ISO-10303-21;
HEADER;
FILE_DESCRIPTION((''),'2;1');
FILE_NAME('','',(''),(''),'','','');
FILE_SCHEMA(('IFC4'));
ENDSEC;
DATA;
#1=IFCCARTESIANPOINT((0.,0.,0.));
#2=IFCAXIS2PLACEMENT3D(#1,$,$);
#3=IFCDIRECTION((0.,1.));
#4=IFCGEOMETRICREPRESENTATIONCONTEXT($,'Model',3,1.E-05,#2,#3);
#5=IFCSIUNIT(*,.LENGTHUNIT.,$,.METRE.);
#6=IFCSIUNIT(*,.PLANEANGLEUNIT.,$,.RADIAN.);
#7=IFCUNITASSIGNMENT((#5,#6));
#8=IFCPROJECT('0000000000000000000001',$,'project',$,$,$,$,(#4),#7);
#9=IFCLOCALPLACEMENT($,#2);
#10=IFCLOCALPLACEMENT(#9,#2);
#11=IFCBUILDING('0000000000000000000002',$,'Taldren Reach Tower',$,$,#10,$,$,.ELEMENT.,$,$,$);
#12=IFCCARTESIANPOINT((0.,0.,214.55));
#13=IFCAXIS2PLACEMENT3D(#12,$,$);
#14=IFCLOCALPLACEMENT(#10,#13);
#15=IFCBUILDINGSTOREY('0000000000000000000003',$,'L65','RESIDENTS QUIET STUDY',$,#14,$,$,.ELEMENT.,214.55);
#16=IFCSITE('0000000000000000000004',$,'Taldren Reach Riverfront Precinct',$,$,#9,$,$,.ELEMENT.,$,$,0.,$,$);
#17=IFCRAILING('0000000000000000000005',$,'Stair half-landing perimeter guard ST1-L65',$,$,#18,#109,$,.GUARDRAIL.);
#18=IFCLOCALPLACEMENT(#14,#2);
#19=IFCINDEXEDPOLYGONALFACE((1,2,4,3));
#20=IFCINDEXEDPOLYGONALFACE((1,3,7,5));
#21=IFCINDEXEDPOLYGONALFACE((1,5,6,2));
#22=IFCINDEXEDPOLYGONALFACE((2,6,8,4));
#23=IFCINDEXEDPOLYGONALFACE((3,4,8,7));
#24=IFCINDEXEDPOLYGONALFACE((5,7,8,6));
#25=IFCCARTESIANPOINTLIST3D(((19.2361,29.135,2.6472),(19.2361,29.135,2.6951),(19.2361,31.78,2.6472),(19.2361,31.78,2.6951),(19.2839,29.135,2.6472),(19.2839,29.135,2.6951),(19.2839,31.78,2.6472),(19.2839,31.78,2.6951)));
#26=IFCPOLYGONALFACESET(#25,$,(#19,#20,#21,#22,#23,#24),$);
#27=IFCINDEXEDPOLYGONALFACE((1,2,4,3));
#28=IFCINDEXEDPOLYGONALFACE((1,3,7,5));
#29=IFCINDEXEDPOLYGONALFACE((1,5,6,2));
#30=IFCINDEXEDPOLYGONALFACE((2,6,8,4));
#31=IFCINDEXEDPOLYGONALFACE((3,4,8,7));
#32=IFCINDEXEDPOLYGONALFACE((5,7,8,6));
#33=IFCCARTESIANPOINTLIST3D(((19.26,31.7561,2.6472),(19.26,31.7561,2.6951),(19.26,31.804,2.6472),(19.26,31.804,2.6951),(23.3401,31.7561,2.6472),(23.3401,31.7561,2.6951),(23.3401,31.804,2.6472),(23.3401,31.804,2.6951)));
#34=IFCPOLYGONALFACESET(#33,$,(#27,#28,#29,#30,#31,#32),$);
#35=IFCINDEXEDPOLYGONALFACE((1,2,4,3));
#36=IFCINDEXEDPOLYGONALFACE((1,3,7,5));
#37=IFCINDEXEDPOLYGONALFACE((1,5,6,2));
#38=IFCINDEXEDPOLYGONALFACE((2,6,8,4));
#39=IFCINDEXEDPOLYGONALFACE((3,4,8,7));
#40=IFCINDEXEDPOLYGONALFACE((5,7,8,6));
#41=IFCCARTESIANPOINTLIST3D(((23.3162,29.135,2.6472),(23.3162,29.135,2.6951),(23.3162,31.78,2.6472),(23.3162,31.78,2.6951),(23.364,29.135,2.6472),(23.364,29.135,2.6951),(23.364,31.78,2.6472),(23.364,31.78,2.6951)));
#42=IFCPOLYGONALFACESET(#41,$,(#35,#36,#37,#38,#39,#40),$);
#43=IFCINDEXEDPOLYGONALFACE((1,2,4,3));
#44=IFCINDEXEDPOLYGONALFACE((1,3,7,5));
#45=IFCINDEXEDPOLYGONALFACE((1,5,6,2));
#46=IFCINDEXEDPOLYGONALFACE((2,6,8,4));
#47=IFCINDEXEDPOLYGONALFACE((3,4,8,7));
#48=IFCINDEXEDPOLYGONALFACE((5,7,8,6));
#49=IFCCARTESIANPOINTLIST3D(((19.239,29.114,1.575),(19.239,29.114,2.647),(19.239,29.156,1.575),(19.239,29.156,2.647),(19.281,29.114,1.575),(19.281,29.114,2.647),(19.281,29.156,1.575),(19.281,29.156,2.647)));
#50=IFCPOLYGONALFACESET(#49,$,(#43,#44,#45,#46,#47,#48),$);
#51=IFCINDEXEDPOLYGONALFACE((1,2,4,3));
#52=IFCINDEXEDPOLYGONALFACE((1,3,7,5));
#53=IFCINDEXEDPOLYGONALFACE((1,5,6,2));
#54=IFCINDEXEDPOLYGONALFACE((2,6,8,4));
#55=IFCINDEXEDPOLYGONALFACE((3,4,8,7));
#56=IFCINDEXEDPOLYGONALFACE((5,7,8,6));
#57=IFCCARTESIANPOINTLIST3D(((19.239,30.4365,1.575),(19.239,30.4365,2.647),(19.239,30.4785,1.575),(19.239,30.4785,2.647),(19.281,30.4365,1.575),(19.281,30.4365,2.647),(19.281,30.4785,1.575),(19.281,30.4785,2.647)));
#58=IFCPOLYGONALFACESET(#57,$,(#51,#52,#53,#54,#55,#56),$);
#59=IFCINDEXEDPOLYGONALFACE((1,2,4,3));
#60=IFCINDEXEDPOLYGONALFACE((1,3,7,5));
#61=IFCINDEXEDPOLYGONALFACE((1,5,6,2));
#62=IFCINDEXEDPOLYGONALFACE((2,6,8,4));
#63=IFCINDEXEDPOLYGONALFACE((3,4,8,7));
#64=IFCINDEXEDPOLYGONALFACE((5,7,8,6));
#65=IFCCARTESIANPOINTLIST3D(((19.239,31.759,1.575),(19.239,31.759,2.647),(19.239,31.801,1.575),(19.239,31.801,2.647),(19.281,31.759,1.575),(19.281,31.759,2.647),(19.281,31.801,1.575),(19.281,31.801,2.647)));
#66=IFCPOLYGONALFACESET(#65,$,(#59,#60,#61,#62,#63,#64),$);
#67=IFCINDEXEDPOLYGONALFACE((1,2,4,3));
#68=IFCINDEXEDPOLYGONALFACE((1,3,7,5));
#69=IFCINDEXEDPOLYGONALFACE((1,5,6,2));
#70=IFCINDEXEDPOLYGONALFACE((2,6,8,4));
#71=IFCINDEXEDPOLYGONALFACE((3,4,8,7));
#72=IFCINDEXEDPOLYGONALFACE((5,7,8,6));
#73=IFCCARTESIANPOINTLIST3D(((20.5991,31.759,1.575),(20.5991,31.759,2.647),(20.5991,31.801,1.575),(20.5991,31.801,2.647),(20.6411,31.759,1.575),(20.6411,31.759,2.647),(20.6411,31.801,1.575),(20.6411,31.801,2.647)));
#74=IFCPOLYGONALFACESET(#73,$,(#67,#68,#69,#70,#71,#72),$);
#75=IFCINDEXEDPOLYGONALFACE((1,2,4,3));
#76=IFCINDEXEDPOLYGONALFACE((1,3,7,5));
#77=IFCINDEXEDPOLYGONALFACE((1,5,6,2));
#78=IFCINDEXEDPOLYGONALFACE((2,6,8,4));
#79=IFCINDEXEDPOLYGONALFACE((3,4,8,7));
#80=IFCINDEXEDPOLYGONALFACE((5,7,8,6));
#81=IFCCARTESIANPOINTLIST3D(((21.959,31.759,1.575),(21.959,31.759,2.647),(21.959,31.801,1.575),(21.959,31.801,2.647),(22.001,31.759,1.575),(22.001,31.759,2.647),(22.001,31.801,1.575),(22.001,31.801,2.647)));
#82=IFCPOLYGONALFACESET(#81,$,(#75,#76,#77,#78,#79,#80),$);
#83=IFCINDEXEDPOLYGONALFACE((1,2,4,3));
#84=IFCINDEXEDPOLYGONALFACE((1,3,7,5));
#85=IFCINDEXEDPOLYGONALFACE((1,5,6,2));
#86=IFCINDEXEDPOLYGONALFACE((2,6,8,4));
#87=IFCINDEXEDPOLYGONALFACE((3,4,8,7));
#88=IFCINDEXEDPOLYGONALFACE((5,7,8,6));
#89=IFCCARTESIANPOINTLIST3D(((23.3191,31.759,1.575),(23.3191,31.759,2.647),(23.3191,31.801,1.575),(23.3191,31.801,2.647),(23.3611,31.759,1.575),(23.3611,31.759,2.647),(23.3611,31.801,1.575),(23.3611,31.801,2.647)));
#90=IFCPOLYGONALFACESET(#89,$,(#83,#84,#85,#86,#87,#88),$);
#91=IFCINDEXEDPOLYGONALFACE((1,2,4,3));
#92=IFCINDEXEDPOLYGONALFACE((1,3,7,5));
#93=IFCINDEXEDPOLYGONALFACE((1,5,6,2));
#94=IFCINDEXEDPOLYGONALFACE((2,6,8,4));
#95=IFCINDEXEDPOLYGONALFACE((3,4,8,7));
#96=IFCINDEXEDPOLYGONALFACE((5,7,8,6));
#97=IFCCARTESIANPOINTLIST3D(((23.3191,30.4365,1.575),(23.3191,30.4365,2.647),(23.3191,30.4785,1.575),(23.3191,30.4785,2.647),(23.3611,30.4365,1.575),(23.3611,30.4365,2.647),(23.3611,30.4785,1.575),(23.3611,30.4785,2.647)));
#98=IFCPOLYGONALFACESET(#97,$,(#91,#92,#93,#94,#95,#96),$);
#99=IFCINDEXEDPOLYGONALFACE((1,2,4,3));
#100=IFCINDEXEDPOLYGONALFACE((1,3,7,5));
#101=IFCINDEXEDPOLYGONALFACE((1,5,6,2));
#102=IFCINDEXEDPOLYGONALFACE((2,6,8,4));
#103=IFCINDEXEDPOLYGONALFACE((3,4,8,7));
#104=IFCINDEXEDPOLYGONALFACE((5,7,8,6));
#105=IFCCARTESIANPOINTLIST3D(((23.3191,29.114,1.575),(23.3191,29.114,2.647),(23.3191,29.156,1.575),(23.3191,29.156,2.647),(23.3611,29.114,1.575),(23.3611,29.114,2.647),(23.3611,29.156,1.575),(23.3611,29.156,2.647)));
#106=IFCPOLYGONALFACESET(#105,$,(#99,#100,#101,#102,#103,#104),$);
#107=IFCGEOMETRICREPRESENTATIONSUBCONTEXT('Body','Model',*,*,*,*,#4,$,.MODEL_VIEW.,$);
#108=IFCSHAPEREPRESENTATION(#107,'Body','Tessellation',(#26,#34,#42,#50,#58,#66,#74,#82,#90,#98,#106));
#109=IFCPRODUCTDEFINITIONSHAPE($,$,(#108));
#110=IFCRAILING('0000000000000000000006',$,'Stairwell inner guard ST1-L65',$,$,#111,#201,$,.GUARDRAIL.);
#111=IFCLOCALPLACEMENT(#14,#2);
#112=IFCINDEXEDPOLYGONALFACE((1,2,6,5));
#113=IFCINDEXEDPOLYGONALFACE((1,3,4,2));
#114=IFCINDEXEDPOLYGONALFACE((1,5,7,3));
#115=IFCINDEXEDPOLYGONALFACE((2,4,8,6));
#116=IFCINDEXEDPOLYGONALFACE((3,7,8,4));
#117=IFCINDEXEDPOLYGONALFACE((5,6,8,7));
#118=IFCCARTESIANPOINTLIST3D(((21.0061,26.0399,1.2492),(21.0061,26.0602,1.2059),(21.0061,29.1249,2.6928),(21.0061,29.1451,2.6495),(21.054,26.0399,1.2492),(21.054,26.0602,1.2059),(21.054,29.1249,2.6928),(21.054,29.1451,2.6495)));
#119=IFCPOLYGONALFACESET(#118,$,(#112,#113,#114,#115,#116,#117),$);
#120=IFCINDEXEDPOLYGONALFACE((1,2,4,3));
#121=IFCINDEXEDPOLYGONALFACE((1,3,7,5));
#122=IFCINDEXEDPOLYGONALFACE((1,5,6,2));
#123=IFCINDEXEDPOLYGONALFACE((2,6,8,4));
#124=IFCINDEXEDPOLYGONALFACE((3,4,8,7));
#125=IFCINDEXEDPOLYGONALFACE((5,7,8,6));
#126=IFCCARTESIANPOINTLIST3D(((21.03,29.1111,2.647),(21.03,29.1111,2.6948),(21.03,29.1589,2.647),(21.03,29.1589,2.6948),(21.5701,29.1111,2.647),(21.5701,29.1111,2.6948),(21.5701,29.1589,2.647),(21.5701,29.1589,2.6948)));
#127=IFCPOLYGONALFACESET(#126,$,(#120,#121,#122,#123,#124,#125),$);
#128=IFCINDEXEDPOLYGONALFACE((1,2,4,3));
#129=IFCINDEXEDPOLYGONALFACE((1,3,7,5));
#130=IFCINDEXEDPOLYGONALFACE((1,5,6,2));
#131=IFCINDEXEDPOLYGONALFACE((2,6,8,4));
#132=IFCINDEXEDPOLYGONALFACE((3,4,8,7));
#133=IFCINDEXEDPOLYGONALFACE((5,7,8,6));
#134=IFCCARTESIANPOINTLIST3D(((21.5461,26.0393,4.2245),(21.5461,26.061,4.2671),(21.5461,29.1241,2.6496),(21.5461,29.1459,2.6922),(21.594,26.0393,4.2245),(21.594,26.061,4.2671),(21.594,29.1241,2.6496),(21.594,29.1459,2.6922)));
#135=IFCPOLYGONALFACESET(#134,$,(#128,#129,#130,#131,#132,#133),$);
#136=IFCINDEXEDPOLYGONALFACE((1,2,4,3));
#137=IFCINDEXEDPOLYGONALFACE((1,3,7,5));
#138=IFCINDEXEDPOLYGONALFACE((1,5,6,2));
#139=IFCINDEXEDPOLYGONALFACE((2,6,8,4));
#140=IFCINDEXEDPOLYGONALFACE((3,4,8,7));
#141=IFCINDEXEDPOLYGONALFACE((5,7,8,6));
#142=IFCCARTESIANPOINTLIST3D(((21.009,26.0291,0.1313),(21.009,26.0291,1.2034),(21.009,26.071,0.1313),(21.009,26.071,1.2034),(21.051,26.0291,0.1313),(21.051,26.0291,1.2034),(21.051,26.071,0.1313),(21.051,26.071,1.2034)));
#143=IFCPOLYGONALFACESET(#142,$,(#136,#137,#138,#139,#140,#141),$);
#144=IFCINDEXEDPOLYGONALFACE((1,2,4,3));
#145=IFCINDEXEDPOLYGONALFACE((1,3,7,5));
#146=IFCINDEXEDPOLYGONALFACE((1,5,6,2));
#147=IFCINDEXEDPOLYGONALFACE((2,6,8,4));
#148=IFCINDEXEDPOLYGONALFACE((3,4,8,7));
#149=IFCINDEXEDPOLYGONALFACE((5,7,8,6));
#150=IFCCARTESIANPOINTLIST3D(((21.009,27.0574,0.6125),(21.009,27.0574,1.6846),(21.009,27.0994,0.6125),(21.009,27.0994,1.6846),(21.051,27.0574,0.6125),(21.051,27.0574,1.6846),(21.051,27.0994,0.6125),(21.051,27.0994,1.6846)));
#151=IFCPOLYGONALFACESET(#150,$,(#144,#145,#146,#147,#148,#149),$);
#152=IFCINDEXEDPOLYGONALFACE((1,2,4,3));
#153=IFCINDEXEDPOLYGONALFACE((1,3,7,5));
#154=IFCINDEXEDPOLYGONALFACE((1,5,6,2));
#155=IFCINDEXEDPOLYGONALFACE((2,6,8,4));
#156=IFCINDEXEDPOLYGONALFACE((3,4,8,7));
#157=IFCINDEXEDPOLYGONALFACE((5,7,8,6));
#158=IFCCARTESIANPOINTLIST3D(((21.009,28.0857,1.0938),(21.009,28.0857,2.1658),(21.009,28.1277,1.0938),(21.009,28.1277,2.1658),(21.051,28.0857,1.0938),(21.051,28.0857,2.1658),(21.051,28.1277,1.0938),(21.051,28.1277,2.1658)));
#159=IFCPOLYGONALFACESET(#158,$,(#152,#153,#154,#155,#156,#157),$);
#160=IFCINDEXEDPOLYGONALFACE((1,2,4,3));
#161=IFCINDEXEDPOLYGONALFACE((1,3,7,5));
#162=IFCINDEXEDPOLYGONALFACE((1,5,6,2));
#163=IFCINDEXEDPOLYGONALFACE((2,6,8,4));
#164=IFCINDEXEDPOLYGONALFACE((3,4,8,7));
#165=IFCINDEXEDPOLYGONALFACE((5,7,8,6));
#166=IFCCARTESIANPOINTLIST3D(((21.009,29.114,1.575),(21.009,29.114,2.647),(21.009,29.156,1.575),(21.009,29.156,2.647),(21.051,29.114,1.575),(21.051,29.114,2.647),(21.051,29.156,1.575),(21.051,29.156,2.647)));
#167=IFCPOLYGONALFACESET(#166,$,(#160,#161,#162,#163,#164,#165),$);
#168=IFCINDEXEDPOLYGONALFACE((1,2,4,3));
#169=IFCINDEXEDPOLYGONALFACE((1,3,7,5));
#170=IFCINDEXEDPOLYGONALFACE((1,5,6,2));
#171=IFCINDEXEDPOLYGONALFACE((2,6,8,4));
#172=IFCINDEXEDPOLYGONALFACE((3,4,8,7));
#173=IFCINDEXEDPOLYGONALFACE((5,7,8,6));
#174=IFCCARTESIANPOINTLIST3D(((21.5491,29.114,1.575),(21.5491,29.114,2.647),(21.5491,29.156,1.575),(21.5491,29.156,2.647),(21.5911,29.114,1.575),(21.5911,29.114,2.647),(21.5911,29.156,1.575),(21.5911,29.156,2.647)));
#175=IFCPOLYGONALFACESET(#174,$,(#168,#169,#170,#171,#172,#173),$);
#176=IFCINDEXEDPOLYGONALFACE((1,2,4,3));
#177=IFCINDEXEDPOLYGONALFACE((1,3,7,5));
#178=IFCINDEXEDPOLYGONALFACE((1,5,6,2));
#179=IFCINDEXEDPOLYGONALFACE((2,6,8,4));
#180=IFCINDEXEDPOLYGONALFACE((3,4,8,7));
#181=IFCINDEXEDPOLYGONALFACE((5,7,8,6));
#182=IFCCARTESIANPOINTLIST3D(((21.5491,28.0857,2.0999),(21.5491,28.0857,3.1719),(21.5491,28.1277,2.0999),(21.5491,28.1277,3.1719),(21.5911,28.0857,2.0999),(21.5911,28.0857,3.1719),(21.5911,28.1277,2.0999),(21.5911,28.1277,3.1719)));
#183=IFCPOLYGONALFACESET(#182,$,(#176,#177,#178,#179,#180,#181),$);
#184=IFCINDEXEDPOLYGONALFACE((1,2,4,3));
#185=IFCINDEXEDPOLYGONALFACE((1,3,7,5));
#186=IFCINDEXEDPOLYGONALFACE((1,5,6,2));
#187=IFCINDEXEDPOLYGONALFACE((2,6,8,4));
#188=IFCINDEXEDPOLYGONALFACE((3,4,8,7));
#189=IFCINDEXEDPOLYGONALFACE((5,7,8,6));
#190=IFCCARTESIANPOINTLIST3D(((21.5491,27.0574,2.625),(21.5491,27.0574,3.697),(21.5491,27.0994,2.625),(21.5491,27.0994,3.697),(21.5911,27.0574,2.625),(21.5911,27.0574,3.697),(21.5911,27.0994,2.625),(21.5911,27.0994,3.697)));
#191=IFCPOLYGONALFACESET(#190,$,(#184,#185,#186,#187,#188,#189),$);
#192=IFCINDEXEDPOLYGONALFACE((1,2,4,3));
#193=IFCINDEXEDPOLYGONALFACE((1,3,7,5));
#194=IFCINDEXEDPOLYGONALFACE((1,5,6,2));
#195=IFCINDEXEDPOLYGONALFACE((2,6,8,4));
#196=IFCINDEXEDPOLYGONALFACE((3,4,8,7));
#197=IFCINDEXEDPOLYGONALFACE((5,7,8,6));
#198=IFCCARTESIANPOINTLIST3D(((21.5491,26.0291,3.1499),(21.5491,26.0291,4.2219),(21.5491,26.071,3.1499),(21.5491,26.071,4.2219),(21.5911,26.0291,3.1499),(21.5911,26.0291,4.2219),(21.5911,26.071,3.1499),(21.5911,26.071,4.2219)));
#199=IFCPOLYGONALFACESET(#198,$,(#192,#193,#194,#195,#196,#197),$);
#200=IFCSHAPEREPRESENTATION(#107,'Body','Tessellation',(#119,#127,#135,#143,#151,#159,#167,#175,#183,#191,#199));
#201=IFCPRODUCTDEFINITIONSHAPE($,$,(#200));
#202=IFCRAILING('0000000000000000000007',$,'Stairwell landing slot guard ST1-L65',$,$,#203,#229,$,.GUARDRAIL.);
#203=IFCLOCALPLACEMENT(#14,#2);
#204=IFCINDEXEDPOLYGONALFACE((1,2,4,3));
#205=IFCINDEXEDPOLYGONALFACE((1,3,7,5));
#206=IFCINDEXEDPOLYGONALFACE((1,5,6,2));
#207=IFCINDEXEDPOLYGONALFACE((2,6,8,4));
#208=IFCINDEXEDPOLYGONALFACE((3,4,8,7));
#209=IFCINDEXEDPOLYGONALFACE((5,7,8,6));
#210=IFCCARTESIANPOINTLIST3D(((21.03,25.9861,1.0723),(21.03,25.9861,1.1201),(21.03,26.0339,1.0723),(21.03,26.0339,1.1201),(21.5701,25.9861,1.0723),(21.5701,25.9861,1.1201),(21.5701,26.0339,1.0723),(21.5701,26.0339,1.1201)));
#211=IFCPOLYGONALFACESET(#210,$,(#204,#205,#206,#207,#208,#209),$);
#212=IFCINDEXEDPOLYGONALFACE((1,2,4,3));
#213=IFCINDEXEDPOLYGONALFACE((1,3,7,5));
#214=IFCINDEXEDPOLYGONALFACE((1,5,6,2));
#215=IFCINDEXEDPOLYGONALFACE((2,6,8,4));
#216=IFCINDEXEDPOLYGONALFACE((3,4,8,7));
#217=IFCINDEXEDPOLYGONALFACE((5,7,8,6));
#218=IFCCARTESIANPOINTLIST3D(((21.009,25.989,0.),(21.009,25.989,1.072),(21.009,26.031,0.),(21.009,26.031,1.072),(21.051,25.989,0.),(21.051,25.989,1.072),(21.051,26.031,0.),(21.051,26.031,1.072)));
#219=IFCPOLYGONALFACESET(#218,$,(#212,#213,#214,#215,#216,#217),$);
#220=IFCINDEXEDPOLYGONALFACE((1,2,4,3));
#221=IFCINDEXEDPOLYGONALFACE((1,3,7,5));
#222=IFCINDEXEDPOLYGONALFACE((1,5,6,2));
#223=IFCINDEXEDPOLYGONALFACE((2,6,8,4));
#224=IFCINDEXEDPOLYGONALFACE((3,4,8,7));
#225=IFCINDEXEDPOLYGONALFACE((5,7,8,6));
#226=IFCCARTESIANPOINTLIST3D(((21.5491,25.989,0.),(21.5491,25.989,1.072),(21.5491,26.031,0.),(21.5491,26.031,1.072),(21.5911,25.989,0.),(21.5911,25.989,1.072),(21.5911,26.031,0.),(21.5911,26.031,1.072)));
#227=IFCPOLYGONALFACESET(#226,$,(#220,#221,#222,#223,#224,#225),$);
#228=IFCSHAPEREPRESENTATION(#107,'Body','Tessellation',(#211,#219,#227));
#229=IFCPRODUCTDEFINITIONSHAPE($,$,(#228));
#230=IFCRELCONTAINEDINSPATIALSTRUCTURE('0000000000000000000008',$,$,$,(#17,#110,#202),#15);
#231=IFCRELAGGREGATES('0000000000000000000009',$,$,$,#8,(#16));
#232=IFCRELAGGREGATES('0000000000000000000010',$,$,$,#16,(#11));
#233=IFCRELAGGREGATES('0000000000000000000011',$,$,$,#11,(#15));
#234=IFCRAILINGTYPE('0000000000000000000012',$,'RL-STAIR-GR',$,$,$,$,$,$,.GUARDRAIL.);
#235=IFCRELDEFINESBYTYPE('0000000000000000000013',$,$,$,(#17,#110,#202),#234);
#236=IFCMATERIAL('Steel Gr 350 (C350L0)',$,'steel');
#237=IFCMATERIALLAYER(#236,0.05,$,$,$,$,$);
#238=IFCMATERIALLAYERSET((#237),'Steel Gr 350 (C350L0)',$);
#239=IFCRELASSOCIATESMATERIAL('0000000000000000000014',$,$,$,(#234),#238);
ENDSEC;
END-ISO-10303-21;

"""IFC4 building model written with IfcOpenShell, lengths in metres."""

from ifc_helpers import new_model, si_unit, direction, frame, origin, origin_2d, place, context, subcontext, project, spatial, rectangle, extrude, material, layer, layer_set, type_object, element, save


model = new_model("IFC4")

# Units and contexts
model_context = context("Model", 3, precision=1e-05, world=origin(), true_north=direction((0.0, 1.0)))
body_context = subcontext(model_context, "Body", "Model", "MODEL_VIEW")
ifc_project = project(units=[si_unit("LENGTHUNIT", "METRE"), si_unit("PLANEANGLEUNIT", "RADIAN")], contexts=[model_context])

# Site, building, storey
site_placement = place(None, origin())
site = spatial("IfcSite", under=ifc_project, at=site_placement, Name="Taldren Reach Riverfront Precinct", CompositionType="ELEMENT", RefElevation=0.0)
building_placement = place(site_placement, origin())
building = spatial("IfcBuilding", under=site, at=building_placement, Name="Taldren Reach Tower", CompositionType="ELEMENT")
storey_placement = place(building_placement, frame((0.0, 0.0, 214.55)))
storey = spatial("IfcBuildingStorey", under=building, at=storey_placement, Name="L65", Description="RESIDENTS QUIET STUDY", CompositionType="ELEMENT", Elevation=214.55)

# Shared definitions
ifc_material_1 = material(Name="Steel Gr 350 (C350L0)", Category="steel")

# Railings
ifc_layer_1 = layer(ifc_material_1, 0.05)
ifc_layer_set_1 = layer_set([ifc_layer_1], Name="Steel Gr 350 (C350L0)")
railing_type_1 = type_object("IfcRailingType", Name="RL-STAIR-GR", PredefinedType="GUARDRAIL", material=ifc_layer_set_1)
railing_1_placement = place(storey_placement, frame((19.26, 29.135, 1.575)))
element("IfcRailing", 1, at=railing_1_placement, inside=storey, type_object=railing_type_1, Name="Stair half-landing perimeter guard ST1-L65", PredefinedType="GUARDRAIL", context=body_context, shape_type="SweptSolid", body=[
    extrude(rectangle(XDim=0.0479, YDim=0.0479, at=origin_2d()), frame((0.0, 0.0, 1.0962), z_axis=(0.0, 1.0, 0.0), x_axis=(-1.0, 0.0, 0.0)), (0.0, 0.0, 1.0), 2.645),
    extrude(rectangle(XDim=0.0479, YDim=0.0479, at=origin_2d()), frame((0.0, 2.645, 1.0962), z_axis=(1.0, 0.0, 0.0), x_axis=(0.0, 1.0, 0.0)), (0.0, 0.0, 1.0), 4.0801),
    extrude(rectangle(XDim=0.0479, YDim=0.0479, at=origin_2d()), frame((4.0801, 2.645, 1.0962), z_axis=(0.0, -1.0, 0.0), x_axis=(1.0, 0.0, 0.0)), (0.0, 0.0, 1.0), 2.645),
    extrude(rectangle(XDim=0.042, YDim=0.042, at=origin_2d()), origin(), (0.0, 0.0, 1.0), 1.072),
    extrude(rectangle(XDim=0.042, YDim=0.042, at=origin_2d()), frame((0.0, 1.3225, 0.0)), (0.0, 0.0, 1.0), 1.072),
    extrude(rectangle(XDim=0.042, YDim=0.042, at=origin_2d()), frame((0.0, 2.645, 0.0)), (0.0, 0.0, 1.0), 1.072),
    extrude(rectangle(XDim=0.042, YDim=0.042, at=origin_2d()), frame((1.3601, 2.645, 0.0)), (0.0, 0.0, 1.0), 1.072),
    extrude(rectangle(XDim=0.042, YDim=0.042, at=origin_2d()), frame((2.72, 2.645, 0.0)), (0.0, 0.0, 1.0), 1.072),
    extrude(rectangle(XDim=0.042, YDim=0.042, at=origin_2d()), frame((4.0801, 2.645, 0.0)), (0.0, 0.0, 1.0), 1.072),
    extrude(rectangle(XDim=0.042, YDim=0.042, at=origin_2d()), frame((4.0801, 1.3225, 0.0)), (0.0, 0.0, 1.0), 1.072),
    extrude(rectangle(XDim=0.042, YDim=0.042, at=origin_2d()), frame((4.0801, 0.0, 0.0)), (0.0, 0.0, 1.0), 1.072),
])
railing_2_placement = place(storey_placement, frame((21.03, 26.05, 0.1313)))
element("IfcRailing", 2, at=railing_2_placement, inside=storey, type_object=railing_type_1, Name="Stairwell inner guard ST1-L65", PredefinedType="GUARDRAIL", context=body_context, shape_type="SweptSolid", body=[
    extrude(rectangle(XDim=0.0479, YDim=0.0479, at=origin_2d()), frame((0.0, 0.0, 1.0962), z_axis=(0.0, 0.905738, 0.423839), x_axis=(-1.0, 0.0, 0.0)), (0.0, 0.0, 1.0), 3.406),
    extrude(rectangle(XDim=0.0479, YDim=0.0479, at=origin_2d()), frame((0.0, 3.085, 2.5396), z_axis=(1.0, 0.0, 0.0), x_axis=(0.0, 1.0, 0.0)), (0.0, 0.0, 1.0), 0.54),
    extrude(rectangle(XDim=0.0479, YDim=0.0479, at=origin_2d()), frame((0.54, 3.085, 2.5396), z_axis=(0.0, -0.890646, 0.454697), x_axis=(1.0, 0.0, 0.0)), (0.0, 0.0, 1.0), 3.4636),
    extrude(rectangle(XDim=0.042, YDim=0.042, at=origin_2d()), origin(), (0.0, 0.0, 1.0), 1.072),
    extrude(rectangle(XDim=0.042, YDim=0.042, at=origin_2d()), frame((0.0, 1.0283, 0.4812)), (0.0, 0.0, 1.0), 1.072),
    extrude(rectangle(XDim=0.042, YDim=0.042, at=origin_2d()), frame((0.0, 2.0566, 0.9624)), (0.0, 0.0, 1.0), 1.072),
    extrude(rectangle(XDim=0.042, YDim=0.042, at=origin_2d()), frame((0.0, 3.085, 1.4436)), (0.0, 0.0, 1.0), 1.072),
    extrude(rectangle(XDim=0.042, YDim=0.042, at=origin_2d()), frame((0.54, 3.085, 1.4436)), (0.0, 0.0, 1.0), 1.072),
    extrude(rectangle(XDim=0.042, YDim=0.042, at=origin_2d()), frame((0.54, 2.0566, 1.9685)), (0.0, 0.0, 1.0), 1.072),
    extrude(rectangle(XDim=0.042, YDim=0.042, at=origin_2d()), frame((0.54, 1.0283, 2.4937)), (0.0, 0.0, 1.0), 1.072),
    extrude(rectangle(XDim=0.042, YDim=0.042, at=origin_2d()), frame((0.54, 0.0, 3.0186)), (0.0, 0.0, 1.0), 1.072),
])
railing_3_placement = place(storey_placement, frame((21.03, 26.01, 0.0)))
element("IfcRailing", 3, at=railing_3_placement, inside=storey, type_object=railing_type_1, Name="Stairwell landing slot guard ST1-L65", PredefinedType="GUARDRAIL", context=body_context, shape_type="SweptSolid", body=[
    extrude(rectangle(XDim=0.0479, YDim=0.0479, at=origin_2d()), frame((0.0, 0.0, 1.0962), z_axis=(1.0, 0.0, 0.0), x_axis=(0.0, 1.0, 0.0)), (0.0, 0.0, 1.0), 0.54),
    extrude(rectangle(XDim=0.042, YDim=0.042, at=origin_2d()), origin(), (0.0, 0.0, 1.0), 1.072),
    extrude(rectangle(XDim=0.042, YDim=0.042, at=origin_2d()), frame((0.54, 0.0, 0.0)), (0.0, 0.0, 1.0), 1.072),
])

save(model, "model.ifc")
